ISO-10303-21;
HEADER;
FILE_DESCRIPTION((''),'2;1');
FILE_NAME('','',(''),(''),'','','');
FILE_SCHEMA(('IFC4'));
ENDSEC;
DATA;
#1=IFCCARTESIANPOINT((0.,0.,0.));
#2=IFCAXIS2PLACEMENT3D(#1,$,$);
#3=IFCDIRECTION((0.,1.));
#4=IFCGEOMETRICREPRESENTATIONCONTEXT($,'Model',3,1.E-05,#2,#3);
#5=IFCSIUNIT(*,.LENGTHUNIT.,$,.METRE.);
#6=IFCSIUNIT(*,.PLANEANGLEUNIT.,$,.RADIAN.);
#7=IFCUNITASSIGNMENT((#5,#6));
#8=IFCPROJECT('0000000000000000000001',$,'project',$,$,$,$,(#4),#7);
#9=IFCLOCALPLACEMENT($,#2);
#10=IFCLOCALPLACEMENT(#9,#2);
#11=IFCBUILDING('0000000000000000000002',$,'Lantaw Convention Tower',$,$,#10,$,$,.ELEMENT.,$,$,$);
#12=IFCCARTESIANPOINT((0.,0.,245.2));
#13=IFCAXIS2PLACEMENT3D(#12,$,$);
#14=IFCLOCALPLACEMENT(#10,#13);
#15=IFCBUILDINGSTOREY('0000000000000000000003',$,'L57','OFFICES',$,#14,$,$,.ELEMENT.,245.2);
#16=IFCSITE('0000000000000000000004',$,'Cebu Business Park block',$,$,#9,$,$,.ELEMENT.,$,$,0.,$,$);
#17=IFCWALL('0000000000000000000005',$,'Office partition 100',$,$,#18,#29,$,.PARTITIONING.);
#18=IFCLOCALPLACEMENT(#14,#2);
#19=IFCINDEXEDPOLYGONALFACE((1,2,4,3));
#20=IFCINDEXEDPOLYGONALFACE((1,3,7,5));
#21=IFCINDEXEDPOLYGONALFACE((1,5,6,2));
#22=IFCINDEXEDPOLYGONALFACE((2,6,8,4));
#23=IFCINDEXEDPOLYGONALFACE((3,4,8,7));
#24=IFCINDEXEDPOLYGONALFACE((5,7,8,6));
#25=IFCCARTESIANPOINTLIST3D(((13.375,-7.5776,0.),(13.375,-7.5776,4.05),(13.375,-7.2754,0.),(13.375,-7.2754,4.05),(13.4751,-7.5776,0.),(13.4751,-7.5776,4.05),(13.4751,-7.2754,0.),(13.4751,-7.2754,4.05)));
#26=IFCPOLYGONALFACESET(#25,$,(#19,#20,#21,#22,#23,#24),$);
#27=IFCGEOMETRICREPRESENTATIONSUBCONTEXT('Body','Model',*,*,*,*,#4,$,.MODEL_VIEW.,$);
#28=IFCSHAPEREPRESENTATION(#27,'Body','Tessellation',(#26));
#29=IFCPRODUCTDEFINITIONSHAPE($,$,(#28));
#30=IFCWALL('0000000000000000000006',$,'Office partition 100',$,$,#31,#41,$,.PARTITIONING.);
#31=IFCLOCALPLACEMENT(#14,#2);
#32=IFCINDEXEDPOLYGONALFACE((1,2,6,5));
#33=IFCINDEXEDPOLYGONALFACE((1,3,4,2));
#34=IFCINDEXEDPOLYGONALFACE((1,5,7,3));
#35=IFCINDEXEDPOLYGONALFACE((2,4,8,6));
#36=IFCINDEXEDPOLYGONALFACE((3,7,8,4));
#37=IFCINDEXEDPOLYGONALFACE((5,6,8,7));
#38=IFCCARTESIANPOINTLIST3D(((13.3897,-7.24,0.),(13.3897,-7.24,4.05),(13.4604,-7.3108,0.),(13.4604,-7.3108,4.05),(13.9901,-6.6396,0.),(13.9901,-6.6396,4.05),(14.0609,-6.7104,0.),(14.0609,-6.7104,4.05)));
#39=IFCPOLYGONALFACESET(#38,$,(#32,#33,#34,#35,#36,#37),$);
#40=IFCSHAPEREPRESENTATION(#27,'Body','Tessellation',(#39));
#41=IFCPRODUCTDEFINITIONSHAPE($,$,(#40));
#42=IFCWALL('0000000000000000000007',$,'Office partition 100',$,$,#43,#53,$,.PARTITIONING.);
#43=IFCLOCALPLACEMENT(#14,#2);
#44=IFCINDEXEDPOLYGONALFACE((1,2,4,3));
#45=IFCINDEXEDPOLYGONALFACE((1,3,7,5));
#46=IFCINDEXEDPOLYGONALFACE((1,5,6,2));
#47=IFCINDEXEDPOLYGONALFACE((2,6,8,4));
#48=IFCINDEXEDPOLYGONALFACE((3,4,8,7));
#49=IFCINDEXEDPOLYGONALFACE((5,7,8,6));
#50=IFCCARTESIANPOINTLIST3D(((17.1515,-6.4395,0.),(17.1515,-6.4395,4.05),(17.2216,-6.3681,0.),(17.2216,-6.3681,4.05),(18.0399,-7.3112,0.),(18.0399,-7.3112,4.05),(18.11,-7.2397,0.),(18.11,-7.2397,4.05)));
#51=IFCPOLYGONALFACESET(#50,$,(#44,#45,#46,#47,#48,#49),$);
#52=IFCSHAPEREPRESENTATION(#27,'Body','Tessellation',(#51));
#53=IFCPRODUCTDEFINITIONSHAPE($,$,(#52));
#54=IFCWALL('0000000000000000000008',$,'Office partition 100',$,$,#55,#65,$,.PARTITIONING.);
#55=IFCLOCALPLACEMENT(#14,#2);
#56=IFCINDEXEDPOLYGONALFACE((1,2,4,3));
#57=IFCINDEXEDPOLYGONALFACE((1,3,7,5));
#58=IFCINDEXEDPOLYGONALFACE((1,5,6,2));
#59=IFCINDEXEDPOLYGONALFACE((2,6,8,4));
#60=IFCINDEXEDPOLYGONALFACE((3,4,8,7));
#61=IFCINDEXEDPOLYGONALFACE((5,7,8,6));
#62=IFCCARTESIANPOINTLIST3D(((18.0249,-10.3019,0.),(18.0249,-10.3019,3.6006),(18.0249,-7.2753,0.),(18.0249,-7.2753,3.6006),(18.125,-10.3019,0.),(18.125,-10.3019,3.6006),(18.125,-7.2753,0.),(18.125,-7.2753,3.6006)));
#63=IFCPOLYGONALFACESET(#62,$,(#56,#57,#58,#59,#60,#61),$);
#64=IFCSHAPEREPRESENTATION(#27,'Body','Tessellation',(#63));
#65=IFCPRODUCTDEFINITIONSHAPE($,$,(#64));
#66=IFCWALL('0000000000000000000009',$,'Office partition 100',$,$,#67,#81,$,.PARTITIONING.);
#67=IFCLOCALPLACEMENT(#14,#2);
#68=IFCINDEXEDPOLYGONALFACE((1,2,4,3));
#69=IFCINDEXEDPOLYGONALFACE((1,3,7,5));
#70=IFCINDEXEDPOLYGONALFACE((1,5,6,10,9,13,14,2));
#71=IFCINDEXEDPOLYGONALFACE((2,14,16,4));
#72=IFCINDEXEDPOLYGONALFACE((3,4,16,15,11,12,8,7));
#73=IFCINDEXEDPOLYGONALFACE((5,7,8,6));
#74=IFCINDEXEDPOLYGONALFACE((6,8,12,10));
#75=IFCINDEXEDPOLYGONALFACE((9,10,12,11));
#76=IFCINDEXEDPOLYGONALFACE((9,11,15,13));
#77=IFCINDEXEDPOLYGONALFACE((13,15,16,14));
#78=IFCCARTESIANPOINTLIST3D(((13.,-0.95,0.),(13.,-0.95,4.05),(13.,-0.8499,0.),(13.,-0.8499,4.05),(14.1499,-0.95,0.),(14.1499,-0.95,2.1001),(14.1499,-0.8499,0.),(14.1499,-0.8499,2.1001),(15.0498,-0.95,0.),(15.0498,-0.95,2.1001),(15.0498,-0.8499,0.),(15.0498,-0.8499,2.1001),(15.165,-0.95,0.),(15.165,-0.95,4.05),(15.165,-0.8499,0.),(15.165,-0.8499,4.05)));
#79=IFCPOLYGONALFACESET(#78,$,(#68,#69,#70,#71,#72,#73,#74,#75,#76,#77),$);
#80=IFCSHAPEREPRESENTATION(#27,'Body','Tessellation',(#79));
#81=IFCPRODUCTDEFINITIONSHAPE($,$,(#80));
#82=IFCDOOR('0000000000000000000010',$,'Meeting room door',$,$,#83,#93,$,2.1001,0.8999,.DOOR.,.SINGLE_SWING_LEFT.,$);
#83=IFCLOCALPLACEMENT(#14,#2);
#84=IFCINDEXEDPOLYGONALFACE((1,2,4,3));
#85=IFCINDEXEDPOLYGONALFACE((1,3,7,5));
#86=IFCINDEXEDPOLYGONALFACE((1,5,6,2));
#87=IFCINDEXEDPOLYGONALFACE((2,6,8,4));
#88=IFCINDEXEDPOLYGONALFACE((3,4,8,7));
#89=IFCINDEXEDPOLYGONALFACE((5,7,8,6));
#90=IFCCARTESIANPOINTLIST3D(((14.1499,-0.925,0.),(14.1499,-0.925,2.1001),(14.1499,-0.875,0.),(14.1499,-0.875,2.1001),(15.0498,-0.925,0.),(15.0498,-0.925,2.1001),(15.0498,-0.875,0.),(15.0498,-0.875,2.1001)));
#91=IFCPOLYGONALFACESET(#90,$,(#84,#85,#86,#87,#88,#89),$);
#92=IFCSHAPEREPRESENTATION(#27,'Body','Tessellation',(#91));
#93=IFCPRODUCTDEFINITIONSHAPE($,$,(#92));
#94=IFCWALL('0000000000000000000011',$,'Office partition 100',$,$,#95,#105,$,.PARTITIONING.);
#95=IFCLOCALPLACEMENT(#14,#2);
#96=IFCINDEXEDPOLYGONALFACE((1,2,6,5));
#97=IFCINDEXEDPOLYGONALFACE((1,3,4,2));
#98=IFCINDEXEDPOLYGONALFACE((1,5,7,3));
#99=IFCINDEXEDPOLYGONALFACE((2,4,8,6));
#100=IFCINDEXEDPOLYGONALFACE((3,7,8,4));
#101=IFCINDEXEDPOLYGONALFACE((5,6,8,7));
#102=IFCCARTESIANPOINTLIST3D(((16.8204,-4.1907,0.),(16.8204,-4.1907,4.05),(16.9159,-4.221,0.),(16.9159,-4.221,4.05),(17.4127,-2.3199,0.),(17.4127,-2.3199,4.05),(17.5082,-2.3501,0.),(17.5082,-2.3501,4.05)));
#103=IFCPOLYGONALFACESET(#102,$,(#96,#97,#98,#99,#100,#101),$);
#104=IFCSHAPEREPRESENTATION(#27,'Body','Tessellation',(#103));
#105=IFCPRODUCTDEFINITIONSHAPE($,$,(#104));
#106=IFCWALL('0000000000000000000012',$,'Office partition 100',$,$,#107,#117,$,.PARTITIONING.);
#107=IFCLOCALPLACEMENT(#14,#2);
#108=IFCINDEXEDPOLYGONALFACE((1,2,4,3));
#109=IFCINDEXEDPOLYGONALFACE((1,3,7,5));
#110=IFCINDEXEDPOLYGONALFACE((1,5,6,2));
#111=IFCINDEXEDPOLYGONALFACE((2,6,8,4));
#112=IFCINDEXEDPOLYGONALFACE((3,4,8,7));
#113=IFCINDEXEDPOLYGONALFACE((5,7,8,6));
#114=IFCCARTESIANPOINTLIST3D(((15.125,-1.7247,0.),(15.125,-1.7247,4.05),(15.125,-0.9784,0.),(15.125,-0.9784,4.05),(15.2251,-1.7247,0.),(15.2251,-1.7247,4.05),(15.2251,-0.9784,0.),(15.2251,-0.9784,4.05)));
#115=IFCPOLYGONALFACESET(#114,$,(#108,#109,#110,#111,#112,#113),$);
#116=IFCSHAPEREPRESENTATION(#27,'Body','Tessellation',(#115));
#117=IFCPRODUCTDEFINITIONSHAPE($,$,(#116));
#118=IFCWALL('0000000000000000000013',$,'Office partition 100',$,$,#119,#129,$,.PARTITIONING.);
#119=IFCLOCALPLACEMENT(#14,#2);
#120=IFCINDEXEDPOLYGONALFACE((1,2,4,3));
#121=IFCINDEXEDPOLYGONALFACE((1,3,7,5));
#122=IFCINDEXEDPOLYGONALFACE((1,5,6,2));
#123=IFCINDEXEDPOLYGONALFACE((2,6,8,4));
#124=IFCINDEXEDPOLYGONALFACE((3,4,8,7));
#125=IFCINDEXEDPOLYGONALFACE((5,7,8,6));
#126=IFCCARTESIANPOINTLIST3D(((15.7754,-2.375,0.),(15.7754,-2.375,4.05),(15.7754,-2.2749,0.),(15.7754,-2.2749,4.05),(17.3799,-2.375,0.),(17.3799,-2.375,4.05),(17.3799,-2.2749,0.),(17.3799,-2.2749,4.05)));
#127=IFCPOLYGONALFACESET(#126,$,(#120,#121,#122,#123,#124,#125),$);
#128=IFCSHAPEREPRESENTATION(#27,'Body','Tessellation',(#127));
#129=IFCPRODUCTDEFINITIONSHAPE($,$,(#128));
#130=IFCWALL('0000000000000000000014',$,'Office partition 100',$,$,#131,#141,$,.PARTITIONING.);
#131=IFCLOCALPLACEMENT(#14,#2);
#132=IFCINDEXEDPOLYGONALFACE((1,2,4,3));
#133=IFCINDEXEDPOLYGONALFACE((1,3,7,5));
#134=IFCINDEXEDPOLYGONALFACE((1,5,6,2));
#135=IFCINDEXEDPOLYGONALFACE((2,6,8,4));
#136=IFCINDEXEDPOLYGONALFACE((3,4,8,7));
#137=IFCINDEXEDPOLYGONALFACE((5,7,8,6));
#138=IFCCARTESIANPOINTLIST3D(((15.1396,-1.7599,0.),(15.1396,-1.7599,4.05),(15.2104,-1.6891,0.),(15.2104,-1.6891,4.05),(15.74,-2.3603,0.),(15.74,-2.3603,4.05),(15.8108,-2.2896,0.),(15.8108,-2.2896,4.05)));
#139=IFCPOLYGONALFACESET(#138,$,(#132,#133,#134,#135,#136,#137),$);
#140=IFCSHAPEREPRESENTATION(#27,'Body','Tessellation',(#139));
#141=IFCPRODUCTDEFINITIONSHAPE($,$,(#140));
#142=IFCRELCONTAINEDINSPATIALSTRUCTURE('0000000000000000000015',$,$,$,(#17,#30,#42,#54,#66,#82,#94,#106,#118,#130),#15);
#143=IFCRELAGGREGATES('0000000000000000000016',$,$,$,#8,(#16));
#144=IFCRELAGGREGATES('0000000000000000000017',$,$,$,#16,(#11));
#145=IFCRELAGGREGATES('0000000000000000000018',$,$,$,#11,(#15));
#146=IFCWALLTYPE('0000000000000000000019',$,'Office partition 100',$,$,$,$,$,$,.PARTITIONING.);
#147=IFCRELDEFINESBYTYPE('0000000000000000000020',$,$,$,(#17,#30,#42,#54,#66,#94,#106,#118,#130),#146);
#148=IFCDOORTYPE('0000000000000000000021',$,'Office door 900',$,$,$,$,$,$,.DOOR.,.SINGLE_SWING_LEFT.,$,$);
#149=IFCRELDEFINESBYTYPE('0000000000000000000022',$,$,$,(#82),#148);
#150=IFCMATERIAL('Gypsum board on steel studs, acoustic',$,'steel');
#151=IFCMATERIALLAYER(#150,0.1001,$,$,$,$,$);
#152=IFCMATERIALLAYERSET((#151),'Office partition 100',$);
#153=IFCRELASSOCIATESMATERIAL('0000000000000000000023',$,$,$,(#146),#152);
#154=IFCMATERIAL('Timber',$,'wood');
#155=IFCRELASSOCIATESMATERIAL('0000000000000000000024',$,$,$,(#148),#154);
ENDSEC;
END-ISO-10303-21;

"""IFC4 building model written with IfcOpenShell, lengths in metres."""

from ifc_helpers import new_model, si_unit, direction, frame, frame_2d, origin, place, context, subcontext, project, spatial, rectangle, extrude, material, layer, layer_set, type_object, element, fill, save


model = new_model("IFC4")

# Units and contexts
model_context = context("Model", 3, precision=1e-05, world=origin(), true_north=direction((0.0, 1.0)))
body_context = subcontext(model_context, "Body", "Model", "MODEL_VIEW")
ifc_project = project(units=[si_unit("LENGTHUNIT", "METRE"), si_unit("PLANEANGLEUNIT", "RADIAN")], contexts=[model_context])

# Site, building, storey
site_placement = place(None, origin())
site = spatial("IfcSite", under=ifc_project, at=site_placement, Name="Cebu Business Park block", CompositionType="ELEMENT", RefElevation=0.0)
building_placement = place(site_placement, origin())
building = spatial("IfcBuilding", under=site, at=building_placement, Name="Lantaw Convention Tower", CompositionType="ELEMENT")
storey_placement = place(building_placement, frame((0.0, 0.0, 245.2)))
storey = spatial("IfcBuildingStorey", under=building, at=storey_placement, Name="L57", Description="OFFICES", CompositionType="ELEMENT", Elevation=245.2)

# Shared definitions
ifc_material_1 = material(Name="Gypsum board on steel studs, acoustic", Category="steel")
ifc_layer_1 = layer(ifc_material_1, 0.1001)
ifc_layer_set_1 = layer_set([ifc_layer_1], Name="Office partition 100")
wall_type_1 = type_object("IfcWallType", Name="Office partition 100", PredefinedType="PARTITIONING", material=ifc_layer_set_1)
ifc_material_2 = material(Name="Timber", Category="wood")
door_type_1 = type_object("IfcDoorType", Name="Office door 900", OperationType="SINGLE_SWING_LEFT", PredefinedType="DOOR", material=ifc_material_2)

# Walls
wall_1_placement = place(storey_placement, frame((13.425, -7.5776, 0.0), z_axis=(0.0, 0.0, 1.0), x_axis=(0.0, 1.0, 0.0)))
element("IfcWall", 1, at=wall_1_placement, inside=storey, type_object=wall_type_1, Name="Office partition 100", PredefinedType="PARTITIONING", context=body_context, shape_type="SweptSolid", body=[
    extrude(rectangle(XDim=0.3022, YDim=0.1001, at=frame_2d((0.1511, 0.0))), origin(), (0.0, 0.0, 1.0), 4.05),
])
wall_2_placement = place(storey_placement, frame((13.425, -7.2754, 0.0), z_axis=(0.0, 0.0, 1.0), x_axis=(0.707107, 0.707107, 0.0)))
element("IfcWall", 2, at=wall_2_placement, inside=storey, type_object=wall_type_1, Name="Office partition 100", PredefinedType="PARTITIONING", context=body_context, shape_type="SweptSolid", body=[
    extrude(rectangle(XDim=0.8491, YDim=0.1001, at=frame_2d((0.4246, 0.0))), origin(), (0.0, 0.0, 1.0), 4.05),
])
wall_3_placement = place(storey_placement, frame((17.1865, -6.4038, 0.0), z_axis=(0.0, 0.0, 1.0), x_axis=(0.713842, -0.700307, 0.0)))
element("IfcWall", 3, at=wall_3_placement, inside=storey, type_object=wall_type_1, Name="Office partition 100", PredefinedType="PARTITIONING", context=body_context, shape_type="SweptSolid", body=[
    extrude(rectangle(XDim=1.2446, YDim=0.1001, at=frame_2d((0.6223, 0.0))), origin(), (0.0, 0.0, 1.0), 4.05),
])
wall_4_placement = place(storey_placement, frame((18.075, -7.2754, 0.0), z_axis=(0.0, 0.0, 1.0), x_axis=(0.0, -1.0, 0.0)))
element("IfcWall", 4, at=wall_4_placement, inside=storey, type_object=wall_type_1, Name="Office partition 100", PredefinedType="PARTITIONING", context=body_context, shape_type="SweptSolid", body=[
    extrude(rectangle(XDim=3.0266, YDim=0.1001, at=frame_2d((1.5132, 0.0))), origin(), (0.0, 0.0, 1.0), 3.6006),
])

# Wall, opening, door
wall_5_placement = place(storey_placement, frame((13.0, -0.8999, 0.0), z_axis=(0.0, 0.0, 1.0), x_axis=(1.0, 0.0, 0.0)))
wall_5 = element("IfcWall", 5, at=wall_5_placement, inside=storey, type_object=wall_type_1, Name="Office partition 100", PredefinedType="PARTITIONING", context=body_context, shape_type="SweptSolid", body=[
    extrude(rectangle(XDim=2.165, YDim=0.1001, at=frame_2d((1.0825, 0.0))), origin(), (0.0, 0.0, 1.0), 4.05),
])
opening_1_placement = place(wall_5_placement, frame((1.1499, 0.0, 0.0)))
opening_1 = element("IfcOpeningElement", 6, at=opening_1_placement, cuts=wall_5, PredefinedType="OPENING", context=body_context, shape_type="SweptSolid", body=[
    extrude(rectangle(XDim=0.8999, YDim=2.1001, at=frame_2d((0.45, 1.05))), frame((0.0, 0.0601, 0.0), z_axis=(0.0, -1.0, 0.0), x_axis=(1.0, 0.0, 0.0)), (0.0, 0.0, 1.0), 0.1201),
])
door_1_placement = place(opening_1_placement, origin())
door_1 = element("IfcDoor", 7, at=door_1_placement, inside=storey, type_object=door_type_1, Name="Meeting room door", OperationType="SINGLE_SWING_LEFT", OverallHeight=2.1001, OverallWidth=0.8999, PredefinedType="DOOR", context=body_context, shape_type="SweptSolid", body=[
    extrude(rectangle(XDim=0.8999, YDim=2.1001, at=frame_2d((0.45, 1.05))), frame((0.0, 0.0249, 0.0), z_axis=(0.0, -1.0, 0.0), x_axis=(1.0, 0.0, 0.0)), (0.0, 0.0, 1.0), 0.05),
])
fill(opening_1, door_1)

# Walls
wall_6_placement = place(storey_placement, frame((17.4604, -2.335, 0.0), z_axis=(0.0, 0.0, 1.0), x_axis=(-0.301822, -0.953364, 0.0)))
element("IfcWall", 8, at=wall_6_placement, inside=storey, type_object=wall_type_1, Name="Office partition 100", PredefinedType="PARTITIONING", context=body_context, shape_type="SweptSolid", body=[
    extrude(rectangle(XDim=1.9624, YDim=0.1001, at=frame_2d((0.9812, 0.0))), origin(), (0.0, 0.0, 1.0), 4.05),
])
wall_7_placement = place(storey_placement, frame((15.175, -1.7246, 0.0), z_axis=(0.0, 0.0, 1.0), x_axis=(0.0, 1.0, 0.0)))
element("IfcWall", 9, at=wall_7_placement, inside=storey, type_object=wall_type_1, Name="Office partition 100", PredefinedType="PARTITIONING", context=body_context, shape_type="SweptSolid", body=[
    extrude(rectangle(XDim=0.7463, YDim=0.1001, at=frame_2d((0.373, 0.0))), origin(), (0.0, 0.0, 1.0), 4.05),
])
wall_8_placement = place(storey_placement, frame((17.3799, -2.325, 0.0), z_axis=(0.0, 0.0, 1.0), x_axis=(-1.0, 0.0, 0.0)))
element("IfcWall", 10, at=wall_8_placement, inside=storey, type_object=wall_type_1, Name="Office partition 100", PredefinedType="PARTITIONING", context=body_context, shape_type="SweptSolid", body=[
    extrude(rectangle(XDim=1.6045, YDim=0.1001, at=frame_2d((0.8022, 0.0))), origin(), (0.0, 0.0, 1.0), 4.05),
])
wall_9_placement = place(storey_placement, frame((15.7754, -2.325, 0.0), z_axis=(0.0, 0.0, 1.0), x_axis=(-0.707107, 0.707107, 0.0)))
element("IfcWall", 11, at=wall_9_placement, inside=storey, type_object=wall_type_1, Name="Office partition 100", PredefinedType="PARTITIONING", context=body_context, shape_type="SweptSolid", body=[
    extrude(rectangle(XDim=0.8491, YDim=0.1001, at=frame_2d((0.4246, 0.0))), origin(), (0.0, 0.0, 1.0), 4.05),
])

save(model, "model.ifc")
